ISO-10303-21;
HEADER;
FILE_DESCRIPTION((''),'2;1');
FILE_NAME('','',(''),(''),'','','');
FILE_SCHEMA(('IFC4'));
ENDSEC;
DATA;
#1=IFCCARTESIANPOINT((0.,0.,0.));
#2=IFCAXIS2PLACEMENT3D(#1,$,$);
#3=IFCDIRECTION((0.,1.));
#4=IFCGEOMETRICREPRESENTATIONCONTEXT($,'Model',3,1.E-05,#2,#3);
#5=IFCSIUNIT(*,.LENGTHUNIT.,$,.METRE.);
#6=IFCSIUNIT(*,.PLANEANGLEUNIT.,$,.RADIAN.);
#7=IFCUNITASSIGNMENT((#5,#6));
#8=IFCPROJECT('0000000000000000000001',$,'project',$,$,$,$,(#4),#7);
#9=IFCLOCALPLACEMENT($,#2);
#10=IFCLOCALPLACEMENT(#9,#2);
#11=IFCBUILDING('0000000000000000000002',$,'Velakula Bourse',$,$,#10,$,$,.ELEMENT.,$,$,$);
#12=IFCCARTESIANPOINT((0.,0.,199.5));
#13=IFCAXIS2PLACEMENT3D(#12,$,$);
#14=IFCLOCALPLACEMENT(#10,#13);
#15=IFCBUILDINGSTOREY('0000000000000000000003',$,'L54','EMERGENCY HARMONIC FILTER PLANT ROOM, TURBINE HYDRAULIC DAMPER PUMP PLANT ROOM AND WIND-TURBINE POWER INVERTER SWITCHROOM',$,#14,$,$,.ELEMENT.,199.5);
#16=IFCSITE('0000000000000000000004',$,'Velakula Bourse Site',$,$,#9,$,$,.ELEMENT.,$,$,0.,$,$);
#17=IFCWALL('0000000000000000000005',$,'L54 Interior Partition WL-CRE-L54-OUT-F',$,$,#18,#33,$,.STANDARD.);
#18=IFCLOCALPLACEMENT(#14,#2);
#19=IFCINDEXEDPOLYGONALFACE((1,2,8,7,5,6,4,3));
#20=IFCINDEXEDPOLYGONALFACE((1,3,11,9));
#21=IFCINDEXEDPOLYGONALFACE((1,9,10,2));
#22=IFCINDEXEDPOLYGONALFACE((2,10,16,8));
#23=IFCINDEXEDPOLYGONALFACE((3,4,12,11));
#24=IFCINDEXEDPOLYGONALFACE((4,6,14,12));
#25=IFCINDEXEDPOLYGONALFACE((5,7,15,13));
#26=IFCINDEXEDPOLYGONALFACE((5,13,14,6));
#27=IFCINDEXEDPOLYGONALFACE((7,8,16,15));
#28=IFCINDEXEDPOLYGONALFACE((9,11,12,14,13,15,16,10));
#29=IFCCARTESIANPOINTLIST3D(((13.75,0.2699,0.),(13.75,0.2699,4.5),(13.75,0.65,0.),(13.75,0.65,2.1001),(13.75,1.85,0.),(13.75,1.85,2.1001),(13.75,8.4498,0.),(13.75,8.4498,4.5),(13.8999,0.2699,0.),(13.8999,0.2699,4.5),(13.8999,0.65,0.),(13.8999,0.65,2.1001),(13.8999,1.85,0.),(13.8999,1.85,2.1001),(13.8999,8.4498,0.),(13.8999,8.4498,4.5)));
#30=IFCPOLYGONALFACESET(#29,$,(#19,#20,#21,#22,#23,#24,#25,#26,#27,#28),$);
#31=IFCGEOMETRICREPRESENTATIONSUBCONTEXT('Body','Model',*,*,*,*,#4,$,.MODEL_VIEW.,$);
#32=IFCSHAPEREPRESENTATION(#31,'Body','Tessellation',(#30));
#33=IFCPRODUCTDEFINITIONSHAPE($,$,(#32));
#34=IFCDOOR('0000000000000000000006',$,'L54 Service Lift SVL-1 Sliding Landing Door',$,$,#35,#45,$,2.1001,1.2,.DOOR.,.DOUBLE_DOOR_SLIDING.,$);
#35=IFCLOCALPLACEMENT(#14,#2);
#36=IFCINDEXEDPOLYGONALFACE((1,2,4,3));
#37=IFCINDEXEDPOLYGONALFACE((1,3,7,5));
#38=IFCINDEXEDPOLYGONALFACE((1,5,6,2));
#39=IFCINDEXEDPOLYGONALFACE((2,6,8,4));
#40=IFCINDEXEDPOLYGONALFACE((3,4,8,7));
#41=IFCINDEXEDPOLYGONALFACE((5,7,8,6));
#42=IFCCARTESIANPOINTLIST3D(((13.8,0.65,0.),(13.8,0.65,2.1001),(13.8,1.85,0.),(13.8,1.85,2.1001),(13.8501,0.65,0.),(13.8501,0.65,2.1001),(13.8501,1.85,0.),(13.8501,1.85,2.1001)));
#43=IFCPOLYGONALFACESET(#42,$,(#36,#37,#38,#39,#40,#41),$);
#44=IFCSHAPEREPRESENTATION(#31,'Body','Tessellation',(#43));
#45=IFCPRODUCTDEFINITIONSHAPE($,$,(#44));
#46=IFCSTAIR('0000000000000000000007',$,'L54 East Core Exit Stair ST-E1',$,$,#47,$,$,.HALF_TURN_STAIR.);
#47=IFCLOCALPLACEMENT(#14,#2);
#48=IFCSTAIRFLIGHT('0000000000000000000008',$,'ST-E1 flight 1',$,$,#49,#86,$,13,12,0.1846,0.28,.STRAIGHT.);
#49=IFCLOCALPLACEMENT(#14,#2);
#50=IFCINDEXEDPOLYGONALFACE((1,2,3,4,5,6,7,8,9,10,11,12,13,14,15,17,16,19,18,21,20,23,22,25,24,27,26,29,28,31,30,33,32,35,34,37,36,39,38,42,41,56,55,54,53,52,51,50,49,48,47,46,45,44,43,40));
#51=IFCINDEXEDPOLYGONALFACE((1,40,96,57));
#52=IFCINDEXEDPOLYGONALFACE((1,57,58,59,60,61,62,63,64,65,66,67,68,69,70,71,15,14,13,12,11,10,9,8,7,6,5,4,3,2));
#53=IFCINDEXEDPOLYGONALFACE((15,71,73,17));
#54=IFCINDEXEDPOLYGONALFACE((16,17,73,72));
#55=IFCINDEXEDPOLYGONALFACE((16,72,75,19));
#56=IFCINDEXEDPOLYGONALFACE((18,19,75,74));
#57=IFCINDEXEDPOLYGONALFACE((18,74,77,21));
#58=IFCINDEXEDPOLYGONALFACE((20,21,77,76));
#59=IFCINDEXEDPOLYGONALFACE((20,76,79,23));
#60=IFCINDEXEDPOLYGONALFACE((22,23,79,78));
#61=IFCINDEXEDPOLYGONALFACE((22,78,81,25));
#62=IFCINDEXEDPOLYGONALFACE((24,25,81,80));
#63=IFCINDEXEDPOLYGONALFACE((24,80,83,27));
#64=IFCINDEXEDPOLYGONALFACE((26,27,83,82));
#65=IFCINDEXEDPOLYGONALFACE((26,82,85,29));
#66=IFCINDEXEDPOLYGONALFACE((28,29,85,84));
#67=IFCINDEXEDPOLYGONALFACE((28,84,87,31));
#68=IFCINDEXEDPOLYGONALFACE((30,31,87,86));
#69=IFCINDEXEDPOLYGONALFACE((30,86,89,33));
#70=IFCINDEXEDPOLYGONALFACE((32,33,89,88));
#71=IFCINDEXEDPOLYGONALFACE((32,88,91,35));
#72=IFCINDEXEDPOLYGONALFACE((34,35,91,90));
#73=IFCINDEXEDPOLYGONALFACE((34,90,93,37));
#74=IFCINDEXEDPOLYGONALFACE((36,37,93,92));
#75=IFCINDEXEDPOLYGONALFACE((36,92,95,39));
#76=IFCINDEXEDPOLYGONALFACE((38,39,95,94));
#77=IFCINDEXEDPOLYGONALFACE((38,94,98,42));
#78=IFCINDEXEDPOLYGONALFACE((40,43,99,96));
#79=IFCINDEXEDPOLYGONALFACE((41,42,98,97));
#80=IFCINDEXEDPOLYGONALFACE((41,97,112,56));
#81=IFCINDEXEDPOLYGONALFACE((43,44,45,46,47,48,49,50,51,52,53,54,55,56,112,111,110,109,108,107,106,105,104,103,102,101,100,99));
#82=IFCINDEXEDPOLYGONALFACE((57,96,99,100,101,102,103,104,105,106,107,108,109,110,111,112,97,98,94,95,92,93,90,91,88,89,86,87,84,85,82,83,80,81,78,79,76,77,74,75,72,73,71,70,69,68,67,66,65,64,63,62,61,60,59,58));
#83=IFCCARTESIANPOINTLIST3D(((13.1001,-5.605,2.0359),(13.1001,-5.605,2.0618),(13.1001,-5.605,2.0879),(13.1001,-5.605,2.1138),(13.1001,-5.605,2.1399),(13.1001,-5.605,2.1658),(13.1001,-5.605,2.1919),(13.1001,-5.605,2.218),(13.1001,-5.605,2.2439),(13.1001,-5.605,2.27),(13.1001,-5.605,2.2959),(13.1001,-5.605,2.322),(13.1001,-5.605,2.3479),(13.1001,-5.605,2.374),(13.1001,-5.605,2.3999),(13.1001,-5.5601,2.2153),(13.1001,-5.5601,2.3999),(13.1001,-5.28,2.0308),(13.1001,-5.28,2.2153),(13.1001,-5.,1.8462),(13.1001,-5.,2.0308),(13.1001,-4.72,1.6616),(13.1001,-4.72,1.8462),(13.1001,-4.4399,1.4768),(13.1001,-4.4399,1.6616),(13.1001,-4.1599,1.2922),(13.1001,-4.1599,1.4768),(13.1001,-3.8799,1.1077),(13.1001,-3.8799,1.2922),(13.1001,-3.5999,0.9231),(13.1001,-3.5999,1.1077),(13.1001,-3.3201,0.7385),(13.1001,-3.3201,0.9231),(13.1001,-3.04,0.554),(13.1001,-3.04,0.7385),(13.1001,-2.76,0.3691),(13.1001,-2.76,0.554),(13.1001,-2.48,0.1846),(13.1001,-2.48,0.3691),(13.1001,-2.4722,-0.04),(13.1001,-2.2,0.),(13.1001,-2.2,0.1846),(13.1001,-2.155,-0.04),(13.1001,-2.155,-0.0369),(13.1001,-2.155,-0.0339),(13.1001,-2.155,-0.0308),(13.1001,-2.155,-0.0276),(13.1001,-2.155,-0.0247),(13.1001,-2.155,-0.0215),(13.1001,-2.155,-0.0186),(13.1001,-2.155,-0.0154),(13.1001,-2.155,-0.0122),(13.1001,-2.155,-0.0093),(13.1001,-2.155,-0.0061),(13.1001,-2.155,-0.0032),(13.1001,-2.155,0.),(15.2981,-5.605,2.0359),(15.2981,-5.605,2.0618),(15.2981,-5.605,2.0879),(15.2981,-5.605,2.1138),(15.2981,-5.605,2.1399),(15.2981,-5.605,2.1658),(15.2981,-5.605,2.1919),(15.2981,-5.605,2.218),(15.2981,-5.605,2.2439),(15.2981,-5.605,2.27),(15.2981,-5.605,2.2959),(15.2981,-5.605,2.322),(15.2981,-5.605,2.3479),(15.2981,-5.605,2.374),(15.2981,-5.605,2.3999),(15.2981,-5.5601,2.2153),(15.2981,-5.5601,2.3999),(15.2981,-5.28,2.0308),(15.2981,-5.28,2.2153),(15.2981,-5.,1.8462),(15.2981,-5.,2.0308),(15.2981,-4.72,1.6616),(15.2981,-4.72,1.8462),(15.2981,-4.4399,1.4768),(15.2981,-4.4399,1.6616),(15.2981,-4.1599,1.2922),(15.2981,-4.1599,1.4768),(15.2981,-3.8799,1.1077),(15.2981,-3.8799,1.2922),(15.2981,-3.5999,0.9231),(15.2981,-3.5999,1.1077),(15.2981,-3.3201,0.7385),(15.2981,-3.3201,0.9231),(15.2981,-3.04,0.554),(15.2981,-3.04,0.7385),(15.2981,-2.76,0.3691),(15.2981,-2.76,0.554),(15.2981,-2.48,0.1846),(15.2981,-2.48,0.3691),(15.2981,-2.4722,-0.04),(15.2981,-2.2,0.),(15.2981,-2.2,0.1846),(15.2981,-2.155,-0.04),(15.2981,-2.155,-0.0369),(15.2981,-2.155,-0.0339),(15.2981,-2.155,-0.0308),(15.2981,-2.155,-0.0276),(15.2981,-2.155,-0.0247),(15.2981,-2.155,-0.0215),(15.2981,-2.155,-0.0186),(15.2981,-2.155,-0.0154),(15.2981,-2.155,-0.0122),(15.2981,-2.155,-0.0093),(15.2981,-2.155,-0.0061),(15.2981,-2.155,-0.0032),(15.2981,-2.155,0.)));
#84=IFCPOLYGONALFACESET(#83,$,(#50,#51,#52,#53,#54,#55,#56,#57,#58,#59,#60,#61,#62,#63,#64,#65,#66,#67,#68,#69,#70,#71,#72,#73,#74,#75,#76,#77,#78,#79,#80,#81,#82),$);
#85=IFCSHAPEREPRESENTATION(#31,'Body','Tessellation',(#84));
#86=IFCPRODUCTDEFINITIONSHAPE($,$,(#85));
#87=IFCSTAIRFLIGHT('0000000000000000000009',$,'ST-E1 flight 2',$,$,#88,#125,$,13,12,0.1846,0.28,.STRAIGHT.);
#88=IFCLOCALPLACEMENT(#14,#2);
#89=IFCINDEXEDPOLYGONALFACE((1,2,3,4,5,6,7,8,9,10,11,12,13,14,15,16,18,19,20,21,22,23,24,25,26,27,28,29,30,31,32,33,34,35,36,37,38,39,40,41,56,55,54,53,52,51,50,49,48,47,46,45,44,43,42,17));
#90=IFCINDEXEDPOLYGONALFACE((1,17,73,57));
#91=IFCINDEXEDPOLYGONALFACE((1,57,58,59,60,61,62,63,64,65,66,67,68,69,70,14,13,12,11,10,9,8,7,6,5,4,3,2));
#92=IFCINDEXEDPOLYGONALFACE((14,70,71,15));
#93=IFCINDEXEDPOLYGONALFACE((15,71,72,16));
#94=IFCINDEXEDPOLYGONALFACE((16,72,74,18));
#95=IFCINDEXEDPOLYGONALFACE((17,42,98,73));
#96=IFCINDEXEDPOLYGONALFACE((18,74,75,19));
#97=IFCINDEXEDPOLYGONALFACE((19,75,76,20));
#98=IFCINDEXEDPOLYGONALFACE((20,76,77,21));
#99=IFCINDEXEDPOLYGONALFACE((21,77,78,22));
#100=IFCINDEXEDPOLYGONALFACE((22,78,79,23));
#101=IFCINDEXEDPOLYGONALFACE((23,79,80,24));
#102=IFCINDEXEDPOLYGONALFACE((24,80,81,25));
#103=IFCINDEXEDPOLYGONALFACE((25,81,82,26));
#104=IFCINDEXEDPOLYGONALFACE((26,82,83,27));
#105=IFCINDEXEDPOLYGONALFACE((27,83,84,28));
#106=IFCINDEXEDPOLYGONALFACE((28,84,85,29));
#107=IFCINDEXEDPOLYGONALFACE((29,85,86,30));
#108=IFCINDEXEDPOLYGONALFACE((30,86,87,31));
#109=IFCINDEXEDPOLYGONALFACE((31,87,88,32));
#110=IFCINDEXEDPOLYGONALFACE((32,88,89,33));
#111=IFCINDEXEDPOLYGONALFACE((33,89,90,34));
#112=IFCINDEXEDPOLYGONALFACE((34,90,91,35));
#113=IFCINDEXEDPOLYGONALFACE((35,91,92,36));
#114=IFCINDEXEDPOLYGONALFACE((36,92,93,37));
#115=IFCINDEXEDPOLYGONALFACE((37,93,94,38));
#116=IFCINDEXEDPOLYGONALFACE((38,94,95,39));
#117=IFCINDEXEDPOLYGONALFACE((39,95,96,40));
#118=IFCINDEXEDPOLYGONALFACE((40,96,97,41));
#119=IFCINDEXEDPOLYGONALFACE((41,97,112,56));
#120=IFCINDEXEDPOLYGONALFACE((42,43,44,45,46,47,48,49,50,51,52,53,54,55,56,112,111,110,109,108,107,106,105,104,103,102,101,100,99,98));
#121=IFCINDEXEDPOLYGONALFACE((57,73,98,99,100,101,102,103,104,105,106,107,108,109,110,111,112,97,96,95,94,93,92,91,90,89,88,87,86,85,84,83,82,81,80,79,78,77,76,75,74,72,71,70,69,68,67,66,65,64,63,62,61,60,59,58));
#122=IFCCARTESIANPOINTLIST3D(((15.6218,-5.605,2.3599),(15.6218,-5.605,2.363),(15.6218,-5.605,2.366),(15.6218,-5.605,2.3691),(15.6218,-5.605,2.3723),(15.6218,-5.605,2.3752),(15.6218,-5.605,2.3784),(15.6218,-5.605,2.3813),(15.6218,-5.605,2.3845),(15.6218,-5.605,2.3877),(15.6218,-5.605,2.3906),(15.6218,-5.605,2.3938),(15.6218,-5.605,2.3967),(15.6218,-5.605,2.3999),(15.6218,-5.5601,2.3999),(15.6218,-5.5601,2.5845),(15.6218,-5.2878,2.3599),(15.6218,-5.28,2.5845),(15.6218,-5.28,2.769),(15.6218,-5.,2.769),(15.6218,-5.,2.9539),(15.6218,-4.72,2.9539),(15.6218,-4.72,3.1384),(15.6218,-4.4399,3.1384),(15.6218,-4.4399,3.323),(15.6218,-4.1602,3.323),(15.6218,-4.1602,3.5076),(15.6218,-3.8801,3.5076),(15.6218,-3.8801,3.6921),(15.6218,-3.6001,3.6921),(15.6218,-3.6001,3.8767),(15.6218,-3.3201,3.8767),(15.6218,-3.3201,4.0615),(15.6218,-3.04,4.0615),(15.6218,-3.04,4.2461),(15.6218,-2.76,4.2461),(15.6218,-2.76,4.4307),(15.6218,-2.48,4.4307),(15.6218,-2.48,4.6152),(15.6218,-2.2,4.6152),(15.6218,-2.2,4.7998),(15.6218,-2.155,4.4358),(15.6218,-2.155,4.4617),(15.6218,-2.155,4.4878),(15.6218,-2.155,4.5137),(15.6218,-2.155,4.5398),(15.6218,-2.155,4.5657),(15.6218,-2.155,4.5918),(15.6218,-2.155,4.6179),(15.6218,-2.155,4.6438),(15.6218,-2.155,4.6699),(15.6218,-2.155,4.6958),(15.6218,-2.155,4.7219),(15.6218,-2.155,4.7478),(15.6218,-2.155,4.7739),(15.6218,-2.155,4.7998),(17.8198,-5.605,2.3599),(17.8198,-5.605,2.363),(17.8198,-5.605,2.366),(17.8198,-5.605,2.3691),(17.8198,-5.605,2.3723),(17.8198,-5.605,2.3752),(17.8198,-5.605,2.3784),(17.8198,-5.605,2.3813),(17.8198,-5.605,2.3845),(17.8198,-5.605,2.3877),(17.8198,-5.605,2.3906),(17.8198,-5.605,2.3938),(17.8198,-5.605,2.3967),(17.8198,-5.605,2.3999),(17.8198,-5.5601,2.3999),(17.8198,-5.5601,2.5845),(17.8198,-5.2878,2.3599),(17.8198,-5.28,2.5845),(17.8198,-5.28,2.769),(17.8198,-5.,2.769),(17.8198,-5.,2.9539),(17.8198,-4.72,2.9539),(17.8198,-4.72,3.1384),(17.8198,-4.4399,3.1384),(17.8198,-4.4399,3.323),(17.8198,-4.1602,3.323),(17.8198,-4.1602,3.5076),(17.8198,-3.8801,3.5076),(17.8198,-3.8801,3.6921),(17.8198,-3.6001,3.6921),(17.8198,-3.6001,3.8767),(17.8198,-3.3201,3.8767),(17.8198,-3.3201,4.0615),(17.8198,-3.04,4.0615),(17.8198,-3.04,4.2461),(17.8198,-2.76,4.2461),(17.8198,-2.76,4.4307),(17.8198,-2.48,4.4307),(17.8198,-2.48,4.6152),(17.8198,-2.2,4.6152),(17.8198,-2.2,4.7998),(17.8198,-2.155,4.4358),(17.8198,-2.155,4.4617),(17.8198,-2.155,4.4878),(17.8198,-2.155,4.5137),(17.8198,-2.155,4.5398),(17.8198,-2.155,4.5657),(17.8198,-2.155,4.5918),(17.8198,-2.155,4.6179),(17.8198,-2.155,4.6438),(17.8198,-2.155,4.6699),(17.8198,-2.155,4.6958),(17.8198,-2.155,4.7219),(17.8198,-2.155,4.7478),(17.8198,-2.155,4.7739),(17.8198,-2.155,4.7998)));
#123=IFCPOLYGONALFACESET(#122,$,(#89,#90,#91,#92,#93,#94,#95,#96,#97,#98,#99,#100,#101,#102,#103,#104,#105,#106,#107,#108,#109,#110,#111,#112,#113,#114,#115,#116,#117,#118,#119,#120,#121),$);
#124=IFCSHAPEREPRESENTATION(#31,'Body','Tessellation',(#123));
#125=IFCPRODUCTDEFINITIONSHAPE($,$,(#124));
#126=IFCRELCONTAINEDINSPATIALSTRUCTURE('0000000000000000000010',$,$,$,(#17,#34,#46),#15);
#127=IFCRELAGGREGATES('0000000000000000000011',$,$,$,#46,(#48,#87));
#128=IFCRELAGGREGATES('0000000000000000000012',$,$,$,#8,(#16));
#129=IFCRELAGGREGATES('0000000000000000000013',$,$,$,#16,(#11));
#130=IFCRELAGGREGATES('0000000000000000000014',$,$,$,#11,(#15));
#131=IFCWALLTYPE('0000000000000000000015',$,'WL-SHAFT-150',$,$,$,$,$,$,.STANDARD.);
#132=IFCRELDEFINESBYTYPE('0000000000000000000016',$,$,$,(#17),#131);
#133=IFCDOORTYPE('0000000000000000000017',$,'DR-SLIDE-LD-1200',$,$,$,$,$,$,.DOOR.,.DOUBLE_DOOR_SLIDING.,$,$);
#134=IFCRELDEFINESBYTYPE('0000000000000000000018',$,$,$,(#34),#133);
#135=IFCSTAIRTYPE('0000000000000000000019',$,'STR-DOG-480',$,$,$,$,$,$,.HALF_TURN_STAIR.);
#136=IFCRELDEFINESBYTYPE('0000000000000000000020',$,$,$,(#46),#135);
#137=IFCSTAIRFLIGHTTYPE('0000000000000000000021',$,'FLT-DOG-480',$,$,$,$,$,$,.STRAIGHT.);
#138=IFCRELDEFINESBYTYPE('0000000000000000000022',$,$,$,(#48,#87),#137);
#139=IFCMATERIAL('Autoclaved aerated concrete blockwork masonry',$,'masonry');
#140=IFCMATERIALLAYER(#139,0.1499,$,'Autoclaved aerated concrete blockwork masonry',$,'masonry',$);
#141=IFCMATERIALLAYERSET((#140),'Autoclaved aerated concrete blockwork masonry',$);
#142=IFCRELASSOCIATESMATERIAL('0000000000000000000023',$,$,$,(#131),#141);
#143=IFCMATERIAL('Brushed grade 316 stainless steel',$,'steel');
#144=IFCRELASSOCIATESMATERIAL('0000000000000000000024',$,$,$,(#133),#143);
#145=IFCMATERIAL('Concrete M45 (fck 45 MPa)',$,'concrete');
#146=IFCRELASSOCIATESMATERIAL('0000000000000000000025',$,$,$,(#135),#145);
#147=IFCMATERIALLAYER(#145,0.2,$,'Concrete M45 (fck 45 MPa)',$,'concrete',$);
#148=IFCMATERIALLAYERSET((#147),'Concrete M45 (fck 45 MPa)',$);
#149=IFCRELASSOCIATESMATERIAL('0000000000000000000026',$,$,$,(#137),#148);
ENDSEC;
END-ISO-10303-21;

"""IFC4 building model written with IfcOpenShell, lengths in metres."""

from ifc_helpers import new_model, si_unit, direction, frame, frame_2d, origin, place, context, subcontext, project, spatial, polyline, rectangle, outline, extrude, material, layer, layer_set, type_object, element, fill, aggregate, save


model = new_model("IFC4")

# Units and contexts
model_context = context("Model", 3, precision=1e-05, world=origin(), true_north=direction((0.0, 1.0)))
body_context = subcontext(model_context, "Body", "Model", "MODEL_VIEW")
ifc_project = project(units=[si_unit("LENGTHUNIT", "METRE"), si_unit("PLANEANGLEUNIT", "RADIAN")], contexts=[model_context])

# Site, building, storey
site_placement = place(None, origin())
site = spatial("IfcSite", under=ifc_project, at=site_placement, Name="Velakula Bourse Site", CompositionType="ELEMENT", RefElevation=0.0)
building_placement = place(site_placement, origin())
building = spatial("IfcBuilding", under=site, at=building_placement, Name="Velakula Bourse", CompositionType="ELEMENT")
storey_placement = place(building_placement, frame((0.0, 0.0, 199.5)))
storey = spatial("IfcBuildingStorey", under=building, at=storey_placement, Name="L54", Description="EMERGENCY HARMONIC FILTER PLANT ROOM, TURBINE HYDRAULIC DAMPER PUMP PLANT ROOM AND WIND-TURBINE POWER INVERTER SWITCHROOM", CompositionType="ELEMENT", Elevation=199.5)

# Shared definitions
ifc_material_1 = material(Name="Autoclaved aerated concrete blockwork masonry", Category="masonry")
ifc_layer_1 = layer(ifc_material_1, 0.1499, Name="Autoclaved aerated concrete blockwork masonry", Category="masonry")
ifc_layer_set_1 = layer_set([ifc_layer_1], Name="Autoclaved aerated concrete blockwork masonry")
wall_type_1 = type_object("IfcWallType", Name="WL-SHAFT-150", PredefinedType="STANDARD", material=ifc_layer_set_1)
ifc_material_2 = material(Name="Brushed grade 316 stainless steel", Category="steel")

# Wall, opening, door
wall_1_placement = place(storey_placement, frame((13.825, 0.27, 0.0), z_axis=(0.0, 0.0, 1.0), x_axis=(0.0, 1.0, 0.0)))
wall_1 = element("IfcWall", 1, at=wall_1_placement, inside=storey, type_object=wall_type_1, Name="L54 Interior Partition WL-CRE-L54-OUT-F", PredefinedType="STANDARD", context=body_context, shape_type="SweptSolid", body=[
    extrude(rectangle(XDim=8.1799, YDim=0.1499, at=frame_2d((4.0898, 0.0))), origin(), (0.0, 0.0, 1.0), 4.5),
])
opening_1_placement = place(wall_1_placement, frame((0.3799, 0.0, 0.0)))
opening_1 = element("IfcOpeningElement", 2, at=opening_1_placement, cuts=wall_1, PredefinedType="OPENING", context=body_context, shape_type="SweptSolid", body=[
    extrude(rectangle(XDim=1.2, YDim=2.1001, at=frame_2d((0.6001, 1.05))), frame((0.0, 0.085, 0.0), z_axis=(0.0, -1.0, 0.0), x_axis=(1.0, 0.0, 0.0)), (0.0, 0.0, 1.0), 0.1699),
])
door_type_1 = type_object("IfcDoorType", Name="DR-SLIDE-LD-1200", OperationType="DOUBLE_DOOR_SLIDING", PredefinedType="DOOR", material=ifc_material_2)
door_1_placement = place(opening_1_placement, origin())
door_1 = element("IfcDoor", 3, at=door_1_placement, inside=storey, type_object=door_type_1, Name="L54 Service Lift SVL-1 Sliding Landing Door", OperationType="DOUBLE_DOOR_SLIDING", OverallHeight=2.1001, OverallWidth=1.2, PredefinedType="DOOR", context=body_context, shape_type="SweptSolid", body=[
    extrude(rectangle(XDim=1.2, YDim=2.1001, at=frame_2d((0.6001, 1.05))), frame((0.0, 0.0249, 0.0), z_axis=(0.0, -1.0, 0.0), x_axis=(1.0, 0.0, 0.0)), (0.0, 0.0, 1.0), 0.05),
])
fill(opening_1, door_1)

# Stair, stair flights
ifc_material_3 = material(Name="Concrete M45 (fck 45 MPa)", Category="concrete")
stair_type = type_object("IfcStairType", Name="STR-DOG-480", PredefinedType="HALF_TURN_STAIR", material=ifc_material_3)
stair_placement = place(storey_placement, origin())
stair = element("IfcStair", 4, at=stair_placement, inside=storey, type_object=stair_type, Name="L54 East Core Exit Stair ST-E1", PredefinedType="HALF_TURN_STAIR")
ifc_layer_2 = layer(ifc_material_3, 0.2, Name="Concrete M45 (fck 45 MPa)", Category="concrete")
ifc_layer_set_2 = layer_set([ifc_layer_2], Name="Concrete M45 (fck 45 MPa)")
stair_flight_type = type_object("IfcStairFlightType", Name="FLT-DOG-480", PredefinedType="STRAIGHT", material=ifc_layer_set_2)
stair_flight_1_placement = place(storey_placement, frame((14.199, -2.2, 0.0), z_axis=(0.0, 0.0, 1.0), x_axis=(0.0, -1.0, 0.0)))
stair_flight_1 = element("IfcStairFlight", 5, at=stair_flight_1_placement, type_object=stair_flight_type, Name="ST-E1 flight 1", NumberOfRisers=13, NumberOfTreads=12, PredefinedType="STRAIGHT", RiserHeight=0.1846, TreadLength=0.28, context=body_context, shape_type="SweptSolid", body=[
    extrude(outline(polyline([(-0.0449, -0.04), (-0.0449, -0.0369), (-0.0449, -0.0339), (-0.0449, -0.0308), (-0.0449, -0.0276), (-0.0449, -0.0247), (-0.0449, -0.0215), (-0.0449, -0.0186), (-0.0449, -0.0154), (-0.0449, -0.0122), (-0.0449, -0.0093), (-0.0449, -0.0061), (-0.0449, -0.0032), (-0.0449, 0.0), (0.0, 0.0), (0.0, 0.1846), (0.28, 0.1846), (0.28, 0.3691), (0.5601, 0.3691), (0.5601, 0.554), (0.8401, 0.554), (0.8401, 0.7385), (1.1201, 0.7385), (1.1201, 0.9231), (1.3999, 0.9231), (1.3999, 1.1077), (1.6799, 1.1077), (1.6799, 1.2922), (1.96, 1.2922), (1.96, 1.4768), (2.24, 1.4768), (2.24, 1.6616), (2.52, 1.6616), (2.52, 1.8462), (2.8, 1.8462), (2.8, 2.0308), (3.0801, 2.0308), (3.0801, 2.2153), (3.3601, 2.2153), (3.3601, 2.3999), (3.405, 2.3999), (3.405, 2.374), (3.405, 2.3479), (3.405, 2.322), (3.405, 2.2959), (3.405, 2.27), (3.405, 2.2439), (3.405, 2.218), (3.405, 2.1919), (3.405, 2.1658), (3.405, 2.1399), (3.405, 2.1138), (3.405, 2.0879), (3.405, 2.0618), (3.405, 2.0359), (0.2722, -0.04), (-0.0449, -0.04)])), frame((0.0, 1.0991, 0.0), z_axis=(0.0, -1.0, 0.0), x_axis=(1.0, 0.0, 0.0)), (0.0, 0.0, 1.0), 2.198),
])
stair_flight_2_placement = place(storey_placement, frame((16.7209, -5.5601, 2.3999), z_axis=(0.0, 0.0, 1.0), x_axis=(0.0, 1.0, 0.0)))
stair_flight_2 = element("IfcStairFlight", 6, at=stair_flight_2_placement, type_object=stair_flight_type, Name="ST-E1 flight 2", NumberOfRisers=13, NumberOfTreads=12, PredefinedType="STRAIGHT", RiserHeight=0.1846, TreadLength=0.28, context=body_context, shape_type="SweptSolid", body=[
    extrude(outline(polyline([(-0.0449, -0.04), (-0.0449, -0.0369), (-0.0449, -0.0339), (-0.0449, -0.0308), (-0.0449, -0.0276), (-0.0449, -0.0247), (-0.0449, -0.0215), (-0.0449, -0.0186), (-0.0449, -0.0154), (-0.0449, -0.0122), (-0.0449, -0.0093), (-0.0449, -0.0061), (-0.0449, -0.0032), (-0.0449, 0.0), (0.0, 0.0), (0.0, 0.1846), (0.28, 0.1846), (0.28, 0.3691), (0.5601, 0.3691), (0.5601, 0.554), (0.8401, 0.554), (0.8401, 0.7385), (1.1201, 0.7385), (1.1201, 0.9231), (1.3999, 0.9231), (1.3999, 1.1077), (1.6799, 1.1077), (1.6799, 1.2922), (1.96, 1.2922), (1.96, 1.4768), (2.24, 1.4768), (2.24, 1.6616), (2.52, 1.6616), (2.52, 1.8462), (2.8, 1.8462), (2.8, 2.0308), (3.0801, 2.0308), (3.0801, 2.2153), (3.3601, 2.2153), (3.3601, 2.3999), (3.405, 2.3999), (3.405, 2.374), (3.405, 2.3479), (3.405, 2.322), (3.405, 2.2959), (3.405, 2.27), (3.405, 2.2439), (3.405, 2.218), (3.405, 2.1919), (3.405, 2.1658), (3.405, 2.1399), (3.405, 2.1138), (3.405, 2.0879), (3.405, 2.0618), (3.405, 2.0359), (0.2722, -0.04), (-0.0449, -0.04)])), frame((0.0, 1.0991, 0.0), z_axis=(0.0, -1.0, 0.0), x_axis=(1.0, 0.0, 0.0)), (0.0, 0.0, 1.0), 2.198),
])
aggregate(stair, [stair_flight_1, stair_flight_2])

save(model, "model.ifc")
